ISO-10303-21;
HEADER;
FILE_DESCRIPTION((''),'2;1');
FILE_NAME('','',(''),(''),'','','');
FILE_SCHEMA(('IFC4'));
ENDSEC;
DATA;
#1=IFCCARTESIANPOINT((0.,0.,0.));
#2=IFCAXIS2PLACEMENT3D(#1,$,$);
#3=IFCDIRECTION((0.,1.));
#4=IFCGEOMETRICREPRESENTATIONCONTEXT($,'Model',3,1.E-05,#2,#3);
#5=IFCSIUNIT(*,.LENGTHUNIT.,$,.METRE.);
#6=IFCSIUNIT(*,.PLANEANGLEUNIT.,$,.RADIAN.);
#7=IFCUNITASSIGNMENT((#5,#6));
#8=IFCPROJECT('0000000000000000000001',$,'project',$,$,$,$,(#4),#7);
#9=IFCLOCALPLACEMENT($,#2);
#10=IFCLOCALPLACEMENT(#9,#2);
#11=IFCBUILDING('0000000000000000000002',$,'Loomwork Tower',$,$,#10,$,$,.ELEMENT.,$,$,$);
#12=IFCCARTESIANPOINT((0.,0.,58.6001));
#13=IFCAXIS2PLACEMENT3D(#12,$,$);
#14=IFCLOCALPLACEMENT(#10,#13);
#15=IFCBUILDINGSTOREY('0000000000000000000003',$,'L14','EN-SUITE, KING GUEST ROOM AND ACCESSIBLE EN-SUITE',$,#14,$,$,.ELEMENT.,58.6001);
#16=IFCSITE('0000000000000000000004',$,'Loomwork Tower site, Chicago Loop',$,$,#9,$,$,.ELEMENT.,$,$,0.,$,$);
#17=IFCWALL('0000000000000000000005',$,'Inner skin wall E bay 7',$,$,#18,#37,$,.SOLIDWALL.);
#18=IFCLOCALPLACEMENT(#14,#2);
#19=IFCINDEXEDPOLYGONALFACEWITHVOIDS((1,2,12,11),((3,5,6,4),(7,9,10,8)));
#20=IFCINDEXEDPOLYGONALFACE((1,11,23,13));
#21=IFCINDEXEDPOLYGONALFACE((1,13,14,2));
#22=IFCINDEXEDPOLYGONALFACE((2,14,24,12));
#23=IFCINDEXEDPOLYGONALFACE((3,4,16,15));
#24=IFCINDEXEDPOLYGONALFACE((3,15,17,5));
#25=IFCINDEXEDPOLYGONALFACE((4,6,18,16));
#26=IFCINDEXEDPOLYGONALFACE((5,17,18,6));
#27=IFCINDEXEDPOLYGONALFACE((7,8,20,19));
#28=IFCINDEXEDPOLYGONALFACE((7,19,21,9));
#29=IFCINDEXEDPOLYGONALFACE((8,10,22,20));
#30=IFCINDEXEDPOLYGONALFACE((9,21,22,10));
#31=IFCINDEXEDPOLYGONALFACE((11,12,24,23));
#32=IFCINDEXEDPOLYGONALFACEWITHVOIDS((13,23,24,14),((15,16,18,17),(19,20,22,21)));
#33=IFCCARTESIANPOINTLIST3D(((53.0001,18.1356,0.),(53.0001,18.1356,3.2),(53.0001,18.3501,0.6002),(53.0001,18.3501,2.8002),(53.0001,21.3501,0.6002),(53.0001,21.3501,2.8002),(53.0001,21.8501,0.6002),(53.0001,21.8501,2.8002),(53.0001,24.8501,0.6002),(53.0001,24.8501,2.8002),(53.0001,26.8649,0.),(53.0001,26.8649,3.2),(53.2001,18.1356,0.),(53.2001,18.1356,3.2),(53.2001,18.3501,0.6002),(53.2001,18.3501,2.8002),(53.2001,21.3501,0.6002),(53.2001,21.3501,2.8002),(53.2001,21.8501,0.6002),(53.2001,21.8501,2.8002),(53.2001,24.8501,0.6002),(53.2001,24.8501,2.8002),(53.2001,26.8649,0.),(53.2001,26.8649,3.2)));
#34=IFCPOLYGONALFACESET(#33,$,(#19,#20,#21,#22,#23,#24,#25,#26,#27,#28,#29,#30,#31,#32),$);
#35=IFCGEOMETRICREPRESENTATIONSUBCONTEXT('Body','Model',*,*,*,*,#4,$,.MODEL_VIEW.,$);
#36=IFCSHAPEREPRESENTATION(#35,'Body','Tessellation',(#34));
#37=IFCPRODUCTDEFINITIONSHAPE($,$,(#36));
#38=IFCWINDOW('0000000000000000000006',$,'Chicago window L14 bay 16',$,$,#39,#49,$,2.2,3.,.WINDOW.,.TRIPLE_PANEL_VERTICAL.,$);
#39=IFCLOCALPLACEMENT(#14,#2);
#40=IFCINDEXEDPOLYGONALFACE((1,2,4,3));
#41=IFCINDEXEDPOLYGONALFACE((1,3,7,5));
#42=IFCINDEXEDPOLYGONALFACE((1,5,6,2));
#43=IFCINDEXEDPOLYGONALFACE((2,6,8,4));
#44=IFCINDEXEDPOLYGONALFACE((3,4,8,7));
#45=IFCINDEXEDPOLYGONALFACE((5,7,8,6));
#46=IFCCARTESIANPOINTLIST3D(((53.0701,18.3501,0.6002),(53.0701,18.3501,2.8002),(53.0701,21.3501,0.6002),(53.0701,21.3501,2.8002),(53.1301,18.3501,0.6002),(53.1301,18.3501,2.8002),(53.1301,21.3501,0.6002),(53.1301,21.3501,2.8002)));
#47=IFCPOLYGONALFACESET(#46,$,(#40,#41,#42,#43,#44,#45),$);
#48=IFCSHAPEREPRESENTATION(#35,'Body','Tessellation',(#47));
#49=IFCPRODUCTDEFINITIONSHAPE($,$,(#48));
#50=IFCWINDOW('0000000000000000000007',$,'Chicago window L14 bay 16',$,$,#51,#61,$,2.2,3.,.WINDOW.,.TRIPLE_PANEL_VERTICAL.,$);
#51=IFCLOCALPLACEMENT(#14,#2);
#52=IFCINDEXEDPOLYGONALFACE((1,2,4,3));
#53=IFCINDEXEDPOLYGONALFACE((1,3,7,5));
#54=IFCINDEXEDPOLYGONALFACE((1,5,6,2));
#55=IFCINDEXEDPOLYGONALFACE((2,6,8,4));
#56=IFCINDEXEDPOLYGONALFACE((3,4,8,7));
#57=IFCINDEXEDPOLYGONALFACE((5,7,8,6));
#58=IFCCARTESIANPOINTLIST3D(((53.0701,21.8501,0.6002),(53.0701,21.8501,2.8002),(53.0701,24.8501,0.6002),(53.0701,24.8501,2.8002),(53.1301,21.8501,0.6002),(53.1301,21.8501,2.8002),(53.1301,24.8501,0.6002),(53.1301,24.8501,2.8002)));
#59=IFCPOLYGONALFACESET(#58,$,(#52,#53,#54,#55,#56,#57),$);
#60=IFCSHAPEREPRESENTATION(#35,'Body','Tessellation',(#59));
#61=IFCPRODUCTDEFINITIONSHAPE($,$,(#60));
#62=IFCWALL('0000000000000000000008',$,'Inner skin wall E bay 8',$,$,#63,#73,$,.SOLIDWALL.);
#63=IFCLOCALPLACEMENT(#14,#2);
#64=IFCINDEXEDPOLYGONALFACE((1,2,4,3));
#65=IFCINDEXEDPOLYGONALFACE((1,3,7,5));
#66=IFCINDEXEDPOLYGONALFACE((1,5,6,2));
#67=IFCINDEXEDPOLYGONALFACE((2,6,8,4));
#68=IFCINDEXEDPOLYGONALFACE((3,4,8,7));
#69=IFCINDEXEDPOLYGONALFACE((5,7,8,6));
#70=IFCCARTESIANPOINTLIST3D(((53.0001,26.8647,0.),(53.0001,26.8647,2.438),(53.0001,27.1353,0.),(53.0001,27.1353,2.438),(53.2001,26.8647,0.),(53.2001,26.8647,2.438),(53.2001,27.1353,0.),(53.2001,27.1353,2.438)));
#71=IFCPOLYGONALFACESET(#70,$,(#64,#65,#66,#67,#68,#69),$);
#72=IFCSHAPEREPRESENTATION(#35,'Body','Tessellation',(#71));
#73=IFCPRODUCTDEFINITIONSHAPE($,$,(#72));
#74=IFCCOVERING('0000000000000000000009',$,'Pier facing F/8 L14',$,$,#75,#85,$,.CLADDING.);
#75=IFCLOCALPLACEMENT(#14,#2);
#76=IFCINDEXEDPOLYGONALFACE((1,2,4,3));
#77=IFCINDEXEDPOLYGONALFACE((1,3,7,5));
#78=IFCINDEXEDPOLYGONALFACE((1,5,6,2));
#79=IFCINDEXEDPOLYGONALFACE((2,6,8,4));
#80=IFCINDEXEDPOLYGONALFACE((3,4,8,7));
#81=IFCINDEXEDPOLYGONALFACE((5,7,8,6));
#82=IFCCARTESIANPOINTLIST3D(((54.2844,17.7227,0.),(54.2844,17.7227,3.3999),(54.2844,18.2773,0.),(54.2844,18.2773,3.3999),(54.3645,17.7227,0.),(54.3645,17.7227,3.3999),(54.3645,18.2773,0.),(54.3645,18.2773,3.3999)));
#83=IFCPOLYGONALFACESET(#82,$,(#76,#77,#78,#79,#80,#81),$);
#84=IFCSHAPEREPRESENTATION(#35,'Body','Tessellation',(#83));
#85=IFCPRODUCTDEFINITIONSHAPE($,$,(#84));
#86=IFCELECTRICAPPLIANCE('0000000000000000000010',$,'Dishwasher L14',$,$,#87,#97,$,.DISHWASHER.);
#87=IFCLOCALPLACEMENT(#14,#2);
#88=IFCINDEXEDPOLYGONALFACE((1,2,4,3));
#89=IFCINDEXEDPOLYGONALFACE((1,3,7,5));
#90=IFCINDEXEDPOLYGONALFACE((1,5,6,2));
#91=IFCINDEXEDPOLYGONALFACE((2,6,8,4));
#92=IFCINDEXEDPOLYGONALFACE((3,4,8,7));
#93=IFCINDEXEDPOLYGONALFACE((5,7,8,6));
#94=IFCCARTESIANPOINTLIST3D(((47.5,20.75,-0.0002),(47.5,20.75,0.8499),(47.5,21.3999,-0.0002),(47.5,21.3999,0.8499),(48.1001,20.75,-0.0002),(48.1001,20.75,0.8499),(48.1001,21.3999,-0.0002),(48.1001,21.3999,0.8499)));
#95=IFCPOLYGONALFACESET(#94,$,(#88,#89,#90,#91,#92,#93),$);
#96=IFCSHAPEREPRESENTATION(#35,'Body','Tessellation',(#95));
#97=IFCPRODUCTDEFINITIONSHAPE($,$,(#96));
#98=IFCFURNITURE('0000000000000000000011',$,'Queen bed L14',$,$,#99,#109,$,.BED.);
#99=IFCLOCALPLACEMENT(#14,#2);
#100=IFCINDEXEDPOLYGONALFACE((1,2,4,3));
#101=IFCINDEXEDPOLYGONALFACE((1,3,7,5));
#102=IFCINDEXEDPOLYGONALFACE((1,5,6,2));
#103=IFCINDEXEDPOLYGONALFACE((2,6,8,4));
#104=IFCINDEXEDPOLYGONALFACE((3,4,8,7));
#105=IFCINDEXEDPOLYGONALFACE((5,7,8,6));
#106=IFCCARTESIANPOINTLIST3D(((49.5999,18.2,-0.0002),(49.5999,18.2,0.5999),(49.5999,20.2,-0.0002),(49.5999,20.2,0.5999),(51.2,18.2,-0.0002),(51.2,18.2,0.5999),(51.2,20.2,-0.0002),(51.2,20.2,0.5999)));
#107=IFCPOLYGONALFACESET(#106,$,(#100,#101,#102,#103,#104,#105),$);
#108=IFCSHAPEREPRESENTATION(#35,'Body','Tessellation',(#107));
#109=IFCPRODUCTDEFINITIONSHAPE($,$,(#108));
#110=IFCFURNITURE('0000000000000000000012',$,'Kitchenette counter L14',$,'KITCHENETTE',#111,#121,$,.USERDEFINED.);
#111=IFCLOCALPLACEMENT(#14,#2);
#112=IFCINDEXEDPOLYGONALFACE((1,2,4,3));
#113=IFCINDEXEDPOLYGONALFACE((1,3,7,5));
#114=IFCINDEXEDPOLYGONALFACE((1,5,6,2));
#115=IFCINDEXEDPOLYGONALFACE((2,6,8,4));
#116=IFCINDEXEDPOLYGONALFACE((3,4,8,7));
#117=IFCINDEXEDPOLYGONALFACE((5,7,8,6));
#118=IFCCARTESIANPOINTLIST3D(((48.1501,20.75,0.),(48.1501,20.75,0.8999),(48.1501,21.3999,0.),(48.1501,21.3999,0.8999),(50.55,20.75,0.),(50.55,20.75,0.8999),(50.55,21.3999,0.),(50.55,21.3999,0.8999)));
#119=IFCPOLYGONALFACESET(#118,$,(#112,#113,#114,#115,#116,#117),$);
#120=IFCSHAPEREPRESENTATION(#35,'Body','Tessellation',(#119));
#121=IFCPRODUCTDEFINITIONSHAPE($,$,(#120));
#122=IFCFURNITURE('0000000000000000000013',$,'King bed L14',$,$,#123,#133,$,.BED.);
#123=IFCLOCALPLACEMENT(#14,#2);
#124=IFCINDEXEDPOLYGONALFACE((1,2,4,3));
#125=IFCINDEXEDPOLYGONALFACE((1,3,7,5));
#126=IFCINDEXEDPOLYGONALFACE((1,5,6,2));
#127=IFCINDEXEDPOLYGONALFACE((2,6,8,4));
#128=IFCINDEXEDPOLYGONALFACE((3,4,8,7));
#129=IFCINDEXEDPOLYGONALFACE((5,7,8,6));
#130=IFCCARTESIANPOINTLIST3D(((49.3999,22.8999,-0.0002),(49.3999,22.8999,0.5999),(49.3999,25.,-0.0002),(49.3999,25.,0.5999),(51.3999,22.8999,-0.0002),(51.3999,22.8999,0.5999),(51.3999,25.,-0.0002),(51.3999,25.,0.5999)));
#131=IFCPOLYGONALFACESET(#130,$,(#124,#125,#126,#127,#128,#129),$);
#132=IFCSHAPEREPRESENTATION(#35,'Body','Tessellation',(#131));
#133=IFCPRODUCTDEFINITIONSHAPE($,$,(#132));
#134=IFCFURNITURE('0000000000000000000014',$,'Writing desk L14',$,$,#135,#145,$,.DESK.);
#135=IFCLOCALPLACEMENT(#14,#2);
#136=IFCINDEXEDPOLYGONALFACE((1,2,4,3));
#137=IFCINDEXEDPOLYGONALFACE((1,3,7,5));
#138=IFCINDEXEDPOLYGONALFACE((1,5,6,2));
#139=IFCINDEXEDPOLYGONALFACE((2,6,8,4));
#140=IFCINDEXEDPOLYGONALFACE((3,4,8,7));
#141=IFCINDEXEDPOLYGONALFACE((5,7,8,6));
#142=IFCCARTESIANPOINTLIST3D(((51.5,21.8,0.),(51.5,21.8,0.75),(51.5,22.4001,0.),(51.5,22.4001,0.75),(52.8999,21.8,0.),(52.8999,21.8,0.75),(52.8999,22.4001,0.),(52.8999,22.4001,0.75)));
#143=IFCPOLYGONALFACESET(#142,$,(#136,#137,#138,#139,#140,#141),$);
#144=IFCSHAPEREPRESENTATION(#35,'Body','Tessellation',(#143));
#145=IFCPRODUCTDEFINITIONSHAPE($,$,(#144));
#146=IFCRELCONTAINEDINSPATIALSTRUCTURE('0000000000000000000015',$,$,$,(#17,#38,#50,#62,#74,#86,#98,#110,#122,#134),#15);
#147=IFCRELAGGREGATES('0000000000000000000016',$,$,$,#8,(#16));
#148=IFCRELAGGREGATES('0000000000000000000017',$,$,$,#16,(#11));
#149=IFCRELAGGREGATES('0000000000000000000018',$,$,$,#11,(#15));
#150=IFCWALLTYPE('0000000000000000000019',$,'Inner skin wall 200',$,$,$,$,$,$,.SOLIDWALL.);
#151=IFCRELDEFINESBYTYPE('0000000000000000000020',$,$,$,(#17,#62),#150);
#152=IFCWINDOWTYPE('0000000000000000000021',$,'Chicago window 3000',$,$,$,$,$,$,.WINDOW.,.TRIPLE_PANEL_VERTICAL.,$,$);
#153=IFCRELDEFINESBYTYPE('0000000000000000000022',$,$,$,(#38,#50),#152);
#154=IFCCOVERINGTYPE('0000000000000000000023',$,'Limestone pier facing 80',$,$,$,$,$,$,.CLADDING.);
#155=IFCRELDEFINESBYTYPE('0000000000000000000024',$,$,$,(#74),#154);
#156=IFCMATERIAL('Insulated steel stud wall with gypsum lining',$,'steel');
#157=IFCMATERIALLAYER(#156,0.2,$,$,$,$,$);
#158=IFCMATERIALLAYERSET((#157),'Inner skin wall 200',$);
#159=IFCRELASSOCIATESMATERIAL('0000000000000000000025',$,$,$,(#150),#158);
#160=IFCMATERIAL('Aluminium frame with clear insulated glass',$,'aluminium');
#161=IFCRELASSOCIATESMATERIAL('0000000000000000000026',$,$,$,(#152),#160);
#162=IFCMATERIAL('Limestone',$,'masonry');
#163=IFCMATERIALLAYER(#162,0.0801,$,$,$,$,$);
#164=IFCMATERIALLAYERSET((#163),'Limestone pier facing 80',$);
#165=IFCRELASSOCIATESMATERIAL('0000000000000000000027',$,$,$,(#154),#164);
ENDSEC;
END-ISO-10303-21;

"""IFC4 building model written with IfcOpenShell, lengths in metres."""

from ifc_helpers import new_model, si_unit, direction, frame, frame_2d, origin, origin_2d, place, context, subcontext, project, spatial, rectangle, extrude, material, layer, layer_set, type_object, element, fill, save


model = new_model("IFC4")

# Units and contexts
model_context = context("Model", 3, precision=1e-05, world=origin(), true_north=direction((0.0, 1.0)))
body_context = subcontext(model_context, "Body", "Model", "MODEL_VIEW")
ifc_project = project(units=[si_unit("LENGTHUNIT", "METRE"), si_unit("PLANEANGLEUNIT", "RADIAN")], contexts=[model_context])

# Site, building, storey
site_placement = place(None, origin())
site = spatial("IfcSite", under=ifc_project, at=site_placement, Name="Loomwork Tower site, Chicago Loop", CompositionType="ELEMENT", RefElevation=0.0)
building_placement = place(site_placement, origin())
building = spatial("IfcBuilding", under=site, at=building_placement, Name="Loomwork Tower", CompositionType="ELEMENT")
storey_placement = place(building_placement, frame((0.0, 0.0, 58.6001)))
storey = spatial("IfcBuildingStorey", under=building, at=storey_placement, Name="L14", Description="EN-SUITE, KING GUEST ROOM AND ACCESSIBLE EN-SUITE", CompositionType="ELEMENT", Elevation=58.6001)

# Wall, openings, windows
ifc_material_1 = material(Name="Insulated steel stud wall with gypsum lining", Category="steel")
ifc_layer_1 = layer(ifc_material_1, 0.2)
ifc_layer_set_1 = layer_set([ifc_layer_1], Name="Inner skin wall 200")
wall_type_1 = type_object("IfcWallType", Name="Inner skin wall 200", PredefinedType="SOLIDWALL", material=ifc_layer_set_1)
wall_1_placement = place(storey_placement, frame((53.1001, 18.1355, 0.0), z_axis=(0.0, 0.0, 1.0), x_axis=(0.0, 1.0, 0.0)))
wall_1 = element("IfcWall", 1, at=wall_1_placement, inside=storey, type_object=wall_type_1, Name="Inner skin wall E bay 7", PredefinedType="SOLIDWALL", context=body_context, shape_type="SweptSolid", body=[
    extrude(rectangle(XDim=8.7292, YDim=0.2, at=frame_2d((4.3647, 0.0))), origin(), (0.0, 0.0, 1.0), 3.2),
])
opening_1_placement = place(wall_1_placement, frame((0.2146, 0.0, 0.6001)))
opening_1 = element("IfcOpeningElement", 2, at=opening_1_placement, cuts=wall_1, PredefinedType="OPENING", context=body_context, shape_type="SweptSolid", body=[
    extrude(rectangle(XDim=3.0, YDim=2.2, at=frame_2d((1.5, 1.1001))), frame((0.0, 0.1099, 0.0), z_axis=(0.0, -1.0, 0.0), x_axis=(1.0, 0.0, 0.0)), (0.0, 0.0, 1.0), 0.22),
])
opening_2_placement = place(wall_1_placement, frame((3.7146, 0.0, 0.6001)))
opening_2 = element("IfcOpeningElement", 3, at=opening_2_placement, cuts=wall_1, PredefinedType="OPENING", context=body_context, shape_type="SweptSolid", body=[
    extrude(rectangle(XDim=3.0, YDim=2.2, at=frame_2d((1.5, 1.1001))), frame((0.0, 0.1099, 0.0), z_axis=(0.0, -1.0, 0.0), x_axis=(1.0, 0.0, 0.0)), (0.0, 0.0, 1.0), 0.22),
])
ifc_material_2 = material(Name="Aluminium frame with clear insulated glass", Category="aluminium")
window_type = type_object("IfcWindowType", Name="Chicago window 3000", PartitioningType="TRIPLE_PANEL_VERTICAL", PredefinedType="WINDOW", material=ifc_material_2)
window_1_placement = place(opening_1_placement, origin())
window_1 = element("IfcWindow", 4, at=window_1_placement, inside=storey, type_object=window_type, Name="Chicago window L14 bay 16", OverallHeight=2.2, OverallWidth=3.0, PartitioningType="TRIPLE_PANEL_VERTICAL", PredefinedType="WINDOW", context=body_context, shape_type="SweptSolid", body=[
    extrude(rectangle(XDim=3.0, YDim=2.2, at=frame_2d((1.5, 1.1001))), frame((0.0, 0.03, 0.0), z_axis=(0.0, -1.0, 0.0), x_axis=(1.0, 0.0, 0.0)), (0.0, 0.0, 1.0), 0.0601),
])
fill(opening_1, window_1)
window_2_placement = place(opening_2_placement, origin())
window_2 = element("IfcWindow", 5, at=window_2_placement, inside=storey, type_object=window_type, Name="Chicago window L14 bay 16", OverallHeight=2.2, OverallWidth=3.0, PartitioningType="TRIPLE_PANEL_VERTICAL", PredefinedType="WINDOW", context=body_context, shape_type="SweptSolid", body=[
    extrude(rectangle(XDim=3.0, YDim=2.2, at=frame_2d((1.5, 1.1001))), frame((0.0, 0.03, 0.0), z_axis=(0.0, -1.0, 0.0), x_axis=(1.0, 0.0, 0.0)), (0.0, 0.0, 1.0), 0.0601),
])
fill(opening_2, window_2)

# Wall
wall_2_placement = place(storey_placement, frame((53.1001, 26.8647, 0.0), z_axis=(0.0, 0.0, 1.0), x_axis=(0.0, 1.0, 0.0)))
element("IfcWall", 6, at=wall_2_placement, inside=storey, type_object=wall_type_1, Name="Inner skin wall E bay 8", PredefinedType="SOLIDWALL", context=body_context, shape_type="SweptSolid", body=[
    extrude(rectangle(XDim=0.2705, YDim=0.2, at=frame_2d((0.1353, 0.0))), origin(), (0.0, 0.0, 1.0), 2.438),
])

# Covering
ifc_material_3 = material(Name="Limestone", Category="masonry")
ifc_layer_2 = layer(ifc_material_3, 0.0801)
ifc_layer_set_2 = layer_set([ifc_layer_2], Name="Limestone pier facing 80")
covering_type = type_object("IfcCoveringType", Name="Limestone pier facing 80", PredefinedType="CLADDING", material=ifc_layer_set_2)
covering_placement = place(storey_placement, frame((54.3245, 18.0, 0.0), z_axis=(0.0, 0.0, 1.0), x_axis=(1.0, 0.0, 0.0)))
element("IfcCovering", 7, at=covering_placement, inside=storey, type_object=covering_type, Name="Pier facing F/8 L14", PredefinedType="CLADDING", context=body_context, shape_type="SweptSolid", body=[
    extrude(rectangle(XDim=0.0801, YDim=0.5547, at=origin_2d()), origin(), (0.0, 0.0, 1.0), 3.3999),
])

# Electric appliance
electric_appliance_placement = place(storey_placement, frame((47.8, 21.075, -0.0002), z_axis=(0.0, 0.0, 1.0), x_axis=(1.0, 0.0, 0.0)))
element("IfcElectricAppliance", 8, at=electric_appliance_placement, inside=storey, Name="Dishwasher L14", PredefinedType="DISHWASHER", context=body_context, shape_type="SweptSolid", body=[
    extrude(rectangle(XDim=0.6001, YDim=0.6499, at=origin_2d()), origin(), (0.0, 0.0, 1.0), 0.8501),
])

# Furniture
furniture_1_placement = place(storey_placement, frame((50.3999, 19.2, -0.0002), z_axis=(0.0, 0.0, 1.0), x_axis=(1.0, 0.0, 0.0)))
element("IfcFurniture", 9, at=furniture_1_placement, inside=storey, Name="Queen bed L14", PredefinedType="BED", context=body_context, shape_type="SweptSolid", body=[
    extrude(rectangle(XDim=1.6001, YDim=2.0, at=origin_2d()), origin(), (0.0, 0.0, 1.0), 0.6001),
])
furniture_2_placement = place(storey_placement, frame((49.3501, 21.075, 0.0), z_axis=(0.0, 0.0, 1.0), x_axis=(1.0, 0.0, 0.0)))
element("IfcFurniture", 10, at=furniture_2_placement, inside=storey, Name="Kitchenette counter L14", ObjectType="KITCHENETTE", PredefinedType="USERDEFINED", context=body_context, shape_type="SweptSolid", body=[
    extrude(rectangle(XDim=2.3999, YDim=0.6499, at=origin_2d()), origin(), (0.0, 0.0, 1.0), 0.8999),
])
furniture_3_placement = place(storey_placement, frame((50.3999, 23.95, -0.0002), z_axis=(0.0, 0.0, 1.0), x_axis=(1.0, 0.0, 0.0)))
element("IfcFurniture", 11, at=furniture_3_placement, inside=storey, Name="King bed L14", PredefinedType="BED", context=body_context, shape_type="SweptSolid", body=[
    extrude(rectangle(XDim=2.0, YDim=2.1001, at=origin_2d()), origin(), (0.0, 0.0, 1.0), 0.6001),
])
furniture_4_placement = place(storey_placement, frame((52.2, 22.1001, 0.0), z_axis=(0.0, 0.0, 1.0), x_axis=(1.0, 0.0, 0.0)))
element("IfcFurniture", 12, at=furniture_4_placement, inside=storey, Name="Writing desk L14", PredefinedType="DESK", context=body_context, shape_type="SweptSolid", body=[
    extrude(rectangle(XDim=1.3999, YDim=0.6001, at=origin_2d()), origin(), (0.0, 0.0, 1.0), 0.75),
])

save(model, "model.ifc")
